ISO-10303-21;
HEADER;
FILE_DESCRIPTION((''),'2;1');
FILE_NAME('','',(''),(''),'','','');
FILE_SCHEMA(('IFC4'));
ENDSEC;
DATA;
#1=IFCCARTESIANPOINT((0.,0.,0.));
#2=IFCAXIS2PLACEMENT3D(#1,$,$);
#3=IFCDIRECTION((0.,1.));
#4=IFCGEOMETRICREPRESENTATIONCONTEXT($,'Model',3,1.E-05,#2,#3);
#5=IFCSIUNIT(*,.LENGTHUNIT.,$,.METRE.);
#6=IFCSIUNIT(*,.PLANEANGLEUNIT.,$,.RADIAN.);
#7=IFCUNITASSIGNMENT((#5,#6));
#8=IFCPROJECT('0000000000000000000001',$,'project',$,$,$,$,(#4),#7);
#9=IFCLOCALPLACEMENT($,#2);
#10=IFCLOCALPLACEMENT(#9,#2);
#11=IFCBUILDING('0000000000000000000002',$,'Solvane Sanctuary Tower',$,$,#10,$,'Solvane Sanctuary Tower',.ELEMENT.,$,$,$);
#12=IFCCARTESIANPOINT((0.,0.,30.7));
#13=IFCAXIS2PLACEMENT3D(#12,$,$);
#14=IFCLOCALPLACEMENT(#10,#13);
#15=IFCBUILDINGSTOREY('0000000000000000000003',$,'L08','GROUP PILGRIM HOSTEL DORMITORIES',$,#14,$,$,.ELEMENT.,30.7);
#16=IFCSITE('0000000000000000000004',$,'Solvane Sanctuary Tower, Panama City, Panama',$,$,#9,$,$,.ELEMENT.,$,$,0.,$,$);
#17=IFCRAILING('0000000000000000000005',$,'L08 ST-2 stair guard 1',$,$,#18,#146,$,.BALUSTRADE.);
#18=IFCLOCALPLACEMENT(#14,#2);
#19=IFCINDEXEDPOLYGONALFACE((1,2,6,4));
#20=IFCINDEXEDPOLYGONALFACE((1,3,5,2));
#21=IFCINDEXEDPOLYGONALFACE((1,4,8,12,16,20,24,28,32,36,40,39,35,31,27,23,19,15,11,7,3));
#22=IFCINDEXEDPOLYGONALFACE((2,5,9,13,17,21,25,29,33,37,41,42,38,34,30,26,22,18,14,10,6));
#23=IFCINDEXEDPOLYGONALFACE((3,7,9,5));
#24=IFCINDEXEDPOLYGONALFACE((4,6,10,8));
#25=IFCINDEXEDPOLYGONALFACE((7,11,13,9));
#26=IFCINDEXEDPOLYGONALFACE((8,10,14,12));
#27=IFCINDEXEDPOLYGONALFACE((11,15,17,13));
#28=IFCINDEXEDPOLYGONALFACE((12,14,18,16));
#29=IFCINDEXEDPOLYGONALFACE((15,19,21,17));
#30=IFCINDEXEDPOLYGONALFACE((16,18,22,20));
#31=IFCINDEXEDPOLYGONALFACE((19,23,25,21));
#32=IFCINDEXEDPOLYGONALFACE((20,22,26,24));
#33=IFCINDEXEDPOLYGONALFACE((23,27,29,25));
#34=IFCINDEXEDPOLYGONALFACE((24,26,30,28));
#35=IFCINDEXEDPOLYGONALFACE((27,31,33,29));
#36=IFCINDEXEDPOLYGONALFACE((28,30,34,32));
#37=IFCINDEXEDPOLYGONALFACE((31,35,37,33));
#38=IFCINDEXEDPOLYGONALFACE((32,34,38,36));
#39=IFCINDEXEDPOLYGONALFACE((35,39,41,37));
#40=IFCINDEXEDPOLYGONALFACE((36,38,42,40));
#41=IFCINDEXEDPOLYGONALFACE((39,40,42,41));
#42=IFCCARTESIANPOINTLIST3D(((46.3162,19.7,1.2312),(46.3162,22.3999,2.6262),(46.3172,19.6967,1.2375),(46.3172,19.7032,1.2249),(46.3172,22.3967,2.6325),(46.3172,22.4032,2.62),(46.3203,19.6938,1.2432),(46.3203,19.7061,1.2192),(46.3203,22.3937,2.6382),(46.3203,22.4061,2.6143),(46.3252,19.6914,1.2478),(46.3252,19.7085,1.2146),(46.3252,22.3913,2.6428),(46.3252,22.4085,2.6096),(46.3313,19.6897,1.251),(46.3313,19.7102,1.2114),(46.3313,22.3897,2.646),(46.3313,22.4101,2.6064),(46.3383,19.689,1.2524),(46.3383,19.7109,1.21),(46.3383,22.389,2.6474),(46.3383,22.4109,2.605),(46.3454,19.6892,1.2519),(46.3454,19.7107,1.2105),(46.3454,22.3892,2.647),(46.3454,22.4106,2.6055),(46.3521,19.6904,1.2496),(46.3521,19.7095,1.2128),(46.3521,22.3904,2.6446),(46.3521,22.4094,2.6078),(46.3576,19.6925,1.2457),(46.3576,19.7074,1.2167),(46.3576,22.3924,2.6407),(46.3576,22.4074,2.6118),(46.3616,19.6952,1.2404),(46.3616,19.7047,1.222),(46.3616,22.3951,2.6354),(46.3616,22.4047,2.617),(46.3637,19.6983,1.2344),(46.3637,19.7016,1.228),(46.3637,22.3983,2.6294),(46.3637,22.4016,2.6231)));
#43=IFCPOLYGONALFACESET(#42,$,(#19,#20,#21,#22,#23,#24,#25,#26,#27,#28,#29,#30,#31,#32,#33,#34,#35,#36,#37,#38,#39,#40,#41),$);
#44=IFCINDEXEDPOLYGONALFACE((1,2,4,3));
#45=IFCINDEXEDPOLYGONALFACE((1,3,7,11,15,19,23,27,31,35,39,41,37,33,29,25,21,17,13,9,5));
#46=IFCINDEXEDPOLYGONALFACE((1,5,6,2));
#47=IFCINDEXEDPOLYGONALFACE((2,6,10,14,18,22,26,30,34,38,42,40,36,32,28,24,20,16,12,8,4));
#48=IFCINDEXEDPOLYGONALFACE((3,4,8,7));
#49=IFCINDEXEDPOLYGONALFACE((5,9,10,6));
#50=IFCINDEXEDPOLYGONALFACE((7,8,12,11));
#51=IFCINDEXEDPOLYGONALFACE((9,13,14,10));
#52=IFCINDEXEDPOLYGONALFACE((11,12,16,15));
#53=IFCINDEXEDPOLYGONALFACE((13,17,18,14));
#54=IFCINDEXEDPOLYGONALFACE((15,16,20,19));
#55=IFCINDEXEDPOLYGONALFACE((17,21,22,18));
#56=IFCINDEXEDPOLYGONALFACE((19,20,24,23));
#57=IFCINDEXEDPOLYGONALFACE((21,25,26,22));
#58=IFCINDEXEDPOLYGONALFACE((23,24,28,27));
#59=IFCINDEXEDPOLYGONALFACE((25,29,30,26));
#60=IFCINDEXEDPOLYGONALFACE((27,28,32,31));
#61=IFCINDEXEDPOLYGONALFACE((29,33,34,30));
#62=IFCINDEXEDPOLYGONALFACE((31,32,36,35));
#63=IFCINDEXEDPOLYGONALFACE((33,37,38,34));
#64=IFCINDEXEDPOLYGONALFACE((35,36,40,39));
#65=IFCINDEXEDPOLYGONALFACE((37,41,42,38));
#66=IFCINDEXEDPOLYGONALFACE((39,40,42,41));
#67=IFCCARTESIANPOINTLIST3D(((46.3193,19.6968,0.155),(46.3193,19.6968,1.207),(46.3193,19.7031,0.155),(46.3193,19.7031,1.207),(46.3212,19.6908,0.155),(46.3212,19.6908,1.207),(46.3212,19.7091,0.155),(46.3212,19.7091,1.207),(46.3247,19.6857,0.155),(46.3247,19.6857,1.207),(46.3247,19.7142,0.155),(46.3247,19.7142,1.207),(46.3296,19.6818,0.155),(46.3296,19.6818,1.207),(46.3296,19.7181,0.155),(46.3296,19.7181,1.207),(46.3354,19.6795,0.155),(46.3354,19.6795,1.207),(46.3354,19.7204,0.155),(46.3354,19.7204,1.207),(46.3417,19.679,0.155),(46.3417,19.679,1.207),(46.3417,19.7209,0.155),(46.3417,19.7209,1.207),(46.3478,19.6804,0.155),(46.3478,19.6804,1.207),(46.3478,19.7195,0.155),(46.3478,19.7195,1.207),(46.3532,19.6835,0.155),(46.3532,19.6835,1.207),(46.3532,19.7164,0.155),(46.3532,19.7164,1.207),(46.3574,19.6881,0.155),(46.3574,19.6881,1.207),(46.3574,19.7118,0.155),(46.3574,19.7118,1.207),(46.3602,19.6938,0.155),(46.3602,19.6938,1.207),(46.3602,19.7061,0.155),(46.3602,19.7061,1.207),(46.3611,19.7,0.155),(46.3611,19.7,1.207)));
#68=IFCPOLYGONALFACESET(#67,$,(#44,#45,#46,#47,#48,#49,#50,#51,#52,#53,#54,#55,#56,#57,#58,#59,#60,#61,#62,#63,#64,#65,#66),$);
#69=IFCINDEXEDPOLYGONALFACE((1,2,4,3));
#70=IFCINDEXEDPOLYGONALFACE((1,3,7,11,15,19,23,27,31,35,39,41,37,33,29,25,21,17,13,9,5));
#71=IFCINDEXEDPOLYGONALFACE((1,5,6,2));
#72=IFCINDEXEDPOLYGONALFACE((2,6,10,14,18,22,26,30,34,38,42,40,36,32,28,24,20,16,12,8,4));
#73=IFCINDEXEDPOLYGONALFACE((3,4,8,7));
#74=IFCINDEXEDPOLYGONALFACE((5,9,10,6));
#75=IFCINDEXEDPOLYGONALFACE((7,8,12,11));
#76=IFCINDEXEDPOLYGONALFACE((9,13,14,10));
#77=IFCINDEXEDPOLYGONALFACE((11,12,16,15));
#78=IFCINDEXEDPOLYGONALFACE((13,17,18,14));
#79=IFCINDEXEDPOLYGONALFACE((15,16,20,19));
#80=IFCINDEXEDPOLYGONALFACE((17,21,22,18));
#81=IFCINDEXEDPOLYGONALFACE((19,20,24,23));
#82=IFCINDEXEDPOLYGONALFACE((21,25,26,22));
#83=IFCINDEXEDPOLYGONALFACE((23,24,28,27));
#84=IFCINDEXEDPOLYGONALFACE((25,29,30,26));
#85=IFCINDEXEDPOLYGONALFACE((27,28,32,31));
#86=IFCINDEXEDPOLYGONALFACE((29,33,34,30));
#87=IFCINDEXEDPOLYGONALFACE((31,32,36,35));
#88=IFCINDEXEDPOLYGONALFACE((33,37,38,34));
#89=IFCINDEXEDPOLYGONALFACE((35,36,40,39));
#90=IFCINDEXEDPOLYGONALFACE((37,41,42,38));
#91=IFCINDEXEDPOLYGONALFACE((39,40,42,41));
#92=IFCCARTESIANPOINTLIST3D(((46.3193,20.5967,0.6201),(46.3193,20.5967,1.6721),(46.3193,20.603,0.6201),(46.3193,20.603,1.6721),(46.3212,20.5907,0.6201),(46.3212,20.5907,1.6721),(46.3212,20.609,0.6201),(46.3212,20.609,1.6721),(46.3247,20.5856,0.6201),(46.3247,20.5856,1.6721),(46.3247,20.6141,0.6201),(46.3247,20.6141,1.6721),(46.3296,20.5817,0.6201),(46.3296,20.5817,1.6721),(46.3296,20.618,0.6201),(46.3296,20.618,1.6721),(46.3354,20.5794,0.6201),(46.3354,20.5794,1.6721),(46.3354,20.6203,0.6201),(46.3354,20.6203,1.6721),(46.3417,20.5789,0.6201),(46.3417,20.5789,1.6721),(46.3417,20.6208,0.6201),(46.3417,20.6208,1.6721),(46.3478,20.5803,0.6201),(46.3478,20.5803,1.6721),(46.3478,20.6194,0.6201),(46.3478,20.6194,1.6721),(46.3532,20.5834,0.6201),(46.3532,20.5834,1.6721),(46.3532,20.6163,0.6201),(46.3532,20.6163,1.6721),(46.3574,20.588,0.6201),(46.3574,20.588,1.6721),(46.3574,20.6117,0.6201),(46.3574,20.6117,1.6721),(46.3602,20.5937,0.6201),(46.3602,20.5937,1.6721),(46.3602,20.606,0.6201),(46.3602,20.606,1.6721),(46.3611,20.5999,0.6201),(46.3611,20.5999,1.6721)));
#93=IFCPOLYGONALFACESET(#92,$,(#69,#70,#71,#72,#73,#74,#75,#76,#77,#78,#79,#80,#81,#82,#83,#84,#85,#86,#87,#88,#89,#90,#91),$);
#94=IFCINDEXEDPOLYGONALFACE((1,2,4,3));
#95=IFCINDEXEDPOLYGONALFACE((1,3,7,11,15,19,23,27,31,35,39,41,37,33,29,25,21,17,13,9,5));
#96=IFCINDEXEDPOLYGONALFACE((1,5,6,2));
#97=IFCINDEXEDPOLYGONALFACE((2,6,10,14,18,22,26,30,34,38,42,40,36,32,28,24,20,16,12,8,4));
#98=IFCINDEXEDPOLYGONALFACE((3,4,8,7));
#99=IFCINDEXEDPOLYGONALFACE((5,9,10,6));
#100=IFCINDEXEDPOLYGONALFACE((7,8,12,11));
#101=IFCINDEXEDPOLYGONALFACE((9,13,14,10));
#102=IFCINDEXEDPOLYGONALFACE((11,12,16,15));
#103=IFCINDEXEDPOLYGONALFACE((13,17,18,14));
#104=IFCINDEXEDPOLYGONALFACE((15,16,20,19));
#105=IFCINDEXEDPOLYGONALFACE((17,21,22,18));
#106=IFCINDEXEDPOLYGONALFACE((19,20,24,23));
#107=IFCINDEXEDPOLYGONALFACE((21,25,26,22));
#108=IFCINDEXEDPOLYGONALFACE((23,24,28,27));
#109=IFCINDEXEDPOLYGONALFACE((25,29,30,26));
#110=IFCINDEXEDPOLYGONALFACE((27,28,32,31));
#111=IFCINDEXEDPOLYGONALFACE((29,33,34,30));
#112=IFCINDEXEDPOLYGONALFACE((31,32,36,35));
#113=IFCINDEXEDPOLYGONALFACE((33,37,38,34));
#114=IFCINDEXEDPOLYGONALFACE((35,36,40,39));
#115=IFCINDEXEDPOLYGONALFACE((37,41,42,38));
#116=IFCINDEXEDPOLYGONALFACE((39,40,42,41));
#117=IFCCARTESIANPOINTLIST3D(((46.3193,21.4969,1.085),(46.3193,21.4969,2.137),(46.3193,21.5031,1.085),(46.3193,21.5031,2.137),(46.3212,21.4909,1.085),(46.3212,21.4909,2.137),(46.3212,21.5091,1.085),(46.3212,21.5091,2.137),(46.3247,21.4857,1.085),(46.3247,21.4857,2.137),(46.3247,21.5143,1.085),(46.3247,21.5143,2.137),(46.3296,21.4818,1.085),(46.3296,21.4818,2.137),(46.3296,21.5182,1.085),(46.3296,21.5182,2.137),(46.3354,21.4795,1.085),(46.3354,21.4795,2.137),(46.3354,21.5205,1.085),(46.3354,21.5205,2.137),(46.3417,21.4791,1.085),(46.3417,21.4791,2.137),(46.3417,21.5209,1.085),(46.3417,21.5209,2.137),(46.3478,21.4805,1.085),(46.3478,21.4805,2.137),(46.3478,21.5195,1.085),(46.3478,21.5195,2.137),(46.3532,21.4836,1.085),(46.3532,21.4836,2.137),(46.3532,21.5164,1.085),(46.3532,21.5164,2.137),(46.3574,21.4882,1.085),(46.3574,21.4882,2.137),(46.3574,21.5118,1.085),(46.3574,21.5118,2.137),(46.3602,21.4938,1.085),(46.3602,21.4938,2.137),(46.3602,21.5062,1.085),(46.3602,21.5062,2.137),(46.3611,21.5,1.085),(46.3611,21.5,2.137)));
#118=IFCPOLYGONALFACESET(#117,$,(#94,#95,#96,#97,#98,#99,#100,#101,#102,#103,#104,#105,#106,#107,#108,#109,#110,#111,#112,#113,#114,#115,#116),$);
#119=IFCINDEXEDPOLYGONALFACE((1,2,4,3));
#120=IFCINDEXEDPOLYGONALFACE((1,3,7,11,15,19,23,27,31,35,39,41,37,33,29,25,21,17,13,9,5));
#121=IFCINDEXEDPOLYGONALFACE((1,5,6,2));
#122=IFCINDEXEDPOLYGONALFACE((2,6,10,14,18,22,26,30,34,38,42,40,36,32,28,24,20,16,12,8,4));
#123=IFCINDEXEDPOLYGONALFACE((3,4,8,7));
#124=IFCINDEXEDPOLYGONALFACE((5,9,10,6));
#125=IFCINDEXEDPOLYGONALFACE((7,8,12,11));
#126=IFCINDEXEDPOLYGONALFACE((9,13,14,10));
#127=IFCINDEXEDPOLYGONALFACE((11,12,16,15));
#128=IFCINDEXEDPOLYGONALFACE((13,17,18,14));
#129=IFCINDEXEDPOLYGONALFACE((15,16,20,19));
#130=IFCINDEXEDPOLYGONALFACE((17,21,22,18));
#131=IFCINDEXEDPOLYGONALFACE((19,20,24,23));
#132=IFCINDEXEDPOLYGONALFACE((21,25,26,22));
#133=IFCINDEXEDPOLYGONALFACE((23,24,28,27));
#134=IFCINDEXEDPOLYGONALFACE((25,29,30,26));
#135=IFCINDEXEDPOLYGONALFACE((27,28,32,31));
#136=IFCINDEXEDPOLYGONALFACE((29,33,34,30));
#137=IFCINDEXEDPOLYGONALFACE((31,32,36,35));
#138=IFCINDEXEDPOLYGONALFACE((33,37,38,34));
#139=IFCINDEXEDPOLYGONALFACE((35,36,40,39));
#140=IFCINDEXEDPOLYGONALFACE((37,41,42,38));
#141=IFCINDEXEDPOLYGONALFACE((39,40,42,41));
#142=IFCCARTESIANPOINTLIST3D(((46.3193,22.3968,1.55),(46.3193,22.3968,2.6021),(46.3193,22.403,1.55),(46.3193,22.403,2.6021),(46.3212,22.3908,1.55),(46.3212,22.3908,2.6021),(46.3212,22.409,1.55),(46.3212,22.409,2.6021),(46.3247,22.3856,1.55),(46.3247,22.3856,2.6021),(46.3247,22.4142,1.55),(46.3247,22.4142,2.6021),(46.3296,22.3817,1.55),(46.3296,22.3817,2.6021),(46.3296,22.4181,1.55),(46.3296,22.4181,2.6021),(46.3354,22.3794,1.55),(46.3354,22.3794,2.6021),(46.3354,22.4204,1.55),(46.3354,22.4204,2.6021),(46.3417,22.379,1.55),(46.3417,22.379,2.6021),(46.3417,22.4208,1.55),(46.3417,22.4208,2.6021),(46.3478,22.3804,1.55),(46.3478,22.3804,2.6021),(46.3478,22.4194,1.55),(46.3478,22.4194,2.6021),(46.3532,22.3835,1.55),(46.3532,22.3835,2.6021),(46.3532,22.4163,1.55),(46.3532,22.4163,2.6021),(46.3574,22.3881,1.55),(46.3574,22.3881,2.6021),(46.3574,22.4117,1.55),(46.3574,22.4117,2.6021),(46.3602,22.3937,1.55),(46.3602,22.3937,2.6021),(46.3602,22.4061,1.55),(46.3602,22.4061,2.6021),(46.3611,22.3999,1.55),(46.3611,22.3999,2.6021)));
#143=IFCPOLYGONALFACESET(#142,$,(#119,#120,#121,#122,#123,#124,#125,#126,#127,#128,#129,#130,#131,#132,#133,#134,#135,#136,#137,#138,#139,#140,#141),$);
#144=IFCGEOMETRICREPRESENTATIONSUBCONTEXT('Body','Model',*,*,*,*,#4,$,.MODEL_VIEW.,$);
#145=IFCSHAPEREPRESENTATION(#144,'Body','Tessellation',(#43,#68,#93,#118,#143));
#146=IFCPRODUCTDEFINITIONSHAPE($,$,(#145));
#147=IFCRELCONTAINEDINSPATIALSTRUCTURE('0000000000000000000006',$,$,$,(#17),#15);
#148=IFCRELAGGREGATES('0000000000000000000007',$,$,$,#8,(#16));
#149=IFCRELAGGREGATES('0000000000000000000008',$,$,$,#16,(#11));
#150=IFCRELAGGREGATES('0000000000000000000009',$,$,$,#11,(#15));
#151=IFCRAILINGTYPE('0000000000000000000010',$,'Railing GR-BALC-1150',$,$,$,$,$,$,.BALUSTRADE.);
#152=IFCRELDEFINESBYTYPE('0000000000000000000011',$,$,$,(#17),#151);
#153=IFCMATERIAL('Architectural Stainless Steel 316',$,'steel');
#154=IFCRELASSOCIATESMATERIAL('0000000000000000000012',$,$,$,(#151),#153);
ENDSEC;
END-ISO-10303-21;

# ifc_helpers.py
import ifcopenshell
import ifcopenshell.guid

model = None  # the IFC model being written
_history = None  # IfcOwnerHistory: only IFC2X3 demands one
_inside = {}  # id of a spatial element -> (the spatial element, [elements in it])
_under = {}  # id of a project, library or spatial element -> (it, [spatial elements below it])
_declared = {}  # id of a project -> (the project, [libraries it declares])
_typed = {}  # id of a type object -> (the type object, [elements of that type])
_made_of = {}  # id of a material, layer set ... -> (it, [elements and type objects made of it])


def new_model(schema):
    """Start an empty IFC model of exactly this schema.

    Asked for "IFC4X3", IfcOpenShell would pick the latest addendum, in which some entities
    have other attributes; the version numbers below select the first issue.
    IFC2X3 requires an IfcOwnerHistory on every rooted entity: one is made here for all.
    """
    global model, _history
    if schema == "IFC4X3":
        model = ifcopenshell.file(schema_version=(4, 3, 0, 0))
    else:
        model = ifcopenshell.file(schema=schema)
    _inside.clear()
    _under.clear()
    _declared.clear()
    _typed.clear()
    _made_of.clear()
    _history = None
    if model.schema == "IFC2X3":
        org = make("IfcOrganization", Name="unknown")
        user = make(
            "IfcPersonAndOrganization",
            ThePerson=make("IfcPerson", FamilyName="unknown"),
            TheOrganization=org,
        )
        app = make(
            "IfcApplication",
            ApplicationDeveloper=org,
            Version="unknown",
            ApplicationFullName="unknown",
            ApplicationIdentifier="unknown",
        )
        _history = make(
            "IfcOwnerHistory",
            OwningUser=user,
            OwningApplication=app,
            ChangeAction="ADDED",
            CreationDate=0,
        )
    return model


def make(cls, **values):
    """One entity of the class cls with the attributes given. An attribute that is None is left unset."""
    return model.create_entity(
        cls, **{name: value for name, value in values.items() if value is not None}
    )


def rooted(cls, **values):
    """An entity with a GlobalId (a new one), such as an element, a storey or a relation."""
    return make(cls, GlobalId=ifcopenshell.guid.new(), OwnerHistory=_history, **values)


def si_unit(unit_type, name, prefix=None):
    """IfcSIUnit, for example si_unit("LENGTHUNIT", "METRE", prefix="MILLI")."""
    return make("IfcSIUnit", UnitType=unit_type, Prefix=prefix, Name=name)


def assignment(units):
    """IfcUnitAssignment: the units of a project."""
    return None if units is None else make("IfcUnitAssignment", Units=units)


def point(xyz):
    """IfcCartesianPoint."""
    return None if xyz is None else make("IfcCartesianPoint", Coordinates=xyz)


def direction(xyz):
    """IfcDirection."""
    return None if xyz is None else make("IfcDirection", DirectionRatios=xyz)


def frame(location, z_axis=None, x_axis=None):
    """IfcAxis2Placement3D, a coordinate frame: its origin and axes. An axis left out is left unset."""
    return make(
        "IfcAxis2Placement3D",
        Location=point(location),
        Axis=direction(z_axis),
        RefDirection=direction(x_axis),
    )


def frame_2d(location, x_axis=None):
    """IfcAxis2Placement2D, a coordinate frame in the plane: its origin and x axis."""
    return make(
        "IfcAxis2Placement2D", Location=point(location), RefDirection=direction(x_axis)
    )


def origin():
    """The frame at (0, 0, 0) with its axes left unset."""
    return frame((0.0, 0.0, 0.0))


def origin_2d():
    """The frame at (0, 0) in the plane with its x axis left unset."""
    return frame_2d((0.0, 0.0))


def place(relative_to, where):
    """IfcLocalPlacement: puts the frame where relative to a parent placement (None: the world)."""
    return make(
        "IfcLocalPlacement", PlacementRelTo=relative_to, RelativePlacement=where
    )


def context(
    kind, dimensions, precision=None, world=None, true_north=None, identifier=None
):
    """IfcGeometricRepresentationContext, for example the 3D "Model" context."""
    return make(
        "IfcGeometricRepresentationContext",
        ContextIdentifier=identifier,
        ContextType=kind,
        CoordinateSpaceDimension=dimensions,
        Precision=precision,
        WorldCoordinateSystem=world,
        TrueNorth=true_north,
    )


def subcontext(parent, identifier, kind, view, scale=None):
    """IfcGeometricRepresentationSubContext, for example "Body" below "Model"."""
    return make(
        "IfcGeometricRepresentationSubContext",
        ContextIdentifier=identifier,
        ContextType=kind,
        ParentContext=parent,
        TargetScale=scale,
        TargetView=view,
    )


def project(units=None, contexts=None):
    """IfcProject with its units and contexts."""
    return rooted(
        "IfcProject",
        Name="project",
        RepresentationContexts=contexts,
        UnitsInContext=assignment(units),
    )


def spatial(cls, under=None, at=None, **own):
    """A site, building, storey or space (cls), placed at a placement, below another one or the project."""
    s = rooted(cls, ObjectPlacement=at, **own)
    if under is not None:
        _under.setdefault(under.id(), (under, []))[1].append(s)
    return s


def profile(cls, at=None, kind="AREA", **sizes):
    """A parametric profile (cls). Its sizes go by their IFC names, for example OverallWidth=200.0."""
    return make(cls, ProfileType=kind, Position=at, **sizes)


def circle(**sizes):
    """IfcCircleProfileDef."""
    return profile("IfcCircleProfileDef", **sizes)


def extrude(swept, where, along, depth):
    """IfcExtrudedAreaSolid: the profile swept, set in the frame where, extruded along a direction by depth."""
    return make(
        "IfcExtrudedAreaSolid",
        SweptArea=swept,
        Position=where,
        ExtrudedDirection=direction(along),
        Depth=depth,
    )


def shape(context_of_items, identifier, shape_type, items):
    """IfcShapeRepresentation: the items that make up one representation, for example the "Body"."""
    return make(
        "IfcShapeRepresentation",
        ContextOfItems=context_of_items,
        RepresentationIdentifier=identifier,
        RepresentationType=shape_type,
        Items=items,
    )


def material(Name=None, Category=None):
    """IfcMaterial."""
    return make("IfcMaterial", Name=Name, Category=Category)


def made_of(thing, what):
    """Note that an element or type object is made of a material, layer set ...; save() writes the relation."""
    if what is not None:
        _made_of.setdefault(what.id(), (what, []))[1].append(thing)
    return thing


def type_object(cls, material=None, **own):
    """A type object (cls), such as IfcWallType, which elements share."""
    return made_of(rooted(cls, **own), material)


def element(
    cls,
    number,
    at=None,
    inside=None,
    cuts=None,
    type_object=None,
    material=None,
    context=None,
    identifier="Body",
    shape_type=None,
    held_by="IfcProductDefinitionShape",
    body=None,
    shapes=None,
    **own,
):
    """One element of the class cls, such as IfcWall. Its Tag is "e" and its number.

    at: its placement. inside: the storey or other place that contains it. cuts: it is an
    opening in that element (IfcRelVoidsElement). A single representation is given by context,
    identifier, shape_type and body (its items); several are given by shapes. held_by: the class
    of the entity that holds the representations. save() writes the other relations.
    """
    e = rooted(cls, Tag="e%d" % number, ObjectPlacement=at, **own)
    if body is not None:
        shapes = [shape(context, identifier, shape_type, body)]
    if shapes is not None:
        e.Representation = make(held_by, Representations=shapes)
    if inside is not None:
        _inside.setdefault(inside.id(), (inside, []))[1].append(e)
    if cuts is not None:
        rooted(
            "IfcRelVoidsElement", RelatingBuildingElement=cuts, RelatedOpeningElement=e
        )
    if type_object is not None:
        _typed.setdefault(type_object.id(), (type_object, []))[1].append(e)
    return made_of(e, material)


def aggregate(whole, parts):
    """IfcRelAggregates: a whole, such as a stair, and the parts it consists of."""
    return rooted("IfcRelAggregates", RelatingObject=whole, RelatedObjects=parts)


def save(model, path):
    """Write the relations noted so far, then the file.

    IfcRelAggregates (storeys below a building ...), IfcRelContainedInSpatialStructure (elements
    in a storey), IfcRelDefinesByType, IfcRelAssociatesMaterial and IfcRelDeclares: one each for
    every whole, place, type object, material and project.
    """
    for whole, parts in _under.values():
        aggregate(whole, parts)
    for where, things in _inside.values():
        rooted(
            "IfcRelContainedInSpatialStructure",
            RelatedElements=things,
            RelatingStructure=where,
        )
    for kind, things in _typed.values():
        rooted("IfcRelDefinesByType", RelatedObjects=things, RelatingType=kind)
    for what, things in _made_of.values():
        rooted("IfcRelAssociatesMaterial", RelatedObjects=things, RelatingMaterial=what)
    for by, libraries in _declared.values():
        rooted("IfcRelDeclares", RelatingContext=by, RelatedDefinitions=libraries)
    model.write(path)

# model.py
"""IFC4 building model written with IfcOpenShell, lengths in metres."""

from ifc_helpers import new_model, si_unit, direction, frame, origin, origin_2d, place, context, subcontext, project, spatial, circle, extrude, material, type_object, element, save


model = new_model("IFC4")

# Units and contexts
model_context = context("Model", 3, precision=1e-05, world=origin(), true_north=direction((0.0, 1.0)))
body_context = subcontext(model_context, "Body", "Model", "MODEL_VIEW")
ifc_project = project(units=[si_unit("LENGTHUNIT", "METRE"), si_unit("PLANEANGLEUNIT", "RADIAN")], contexts=[model_context])

# Site, building, storey
site_placement = place(None, origin())
site = spatial("IfcSite", under=ifc_project, at=site_placement, Name="Solvane Sanctuary Tower, Panama City, Panama", CompositionType="ELEMENT", RefElevation=0.0)
building_placement = place(site_placement, origin())
building = spatial("IfcBuilding", under=site, at=building_placement, Name="Solvane Sanctuary Tower", LongName="Solvane Sanctuary Tower", CompositionType="ELEMENT")
storey_placement = place(building_placement, frame((0.0, 0.0, 30.7)))
storey = spatial("IfcBuildingStorey", under=building, at=storey_placement, Name="L08", Description="GROUP PILGRIM HOSTEL DORMITORIES", CompositionType="ELEMENT", Elevation=30.7)

# Shared definitions
ifc_material_1 = material(Name="Architectural Stainless Steel 316", Category="steel")

# Railing
railing_type_1 = type_object("IfcRailingType", Name="Railing GR-BALC-1150", PredefinedType="BALUSTRADE", material=ifc_material_1)
railing_1_placement = place(storey_placement, frame((46.3401, 19.7, 0.155)))
element("IfcRailing", 1, at=railing_1_placement, inside=storey, type_object=railing_type_1, Name="L08 ST-2 stair guard 1", PredefinedType="BALUSTRADE", context=body_context, shape_type="SweptSolid", body=[
    extrude(circle(Radius=0.0239, at=origin_2d()), frame((0.0, 0.0, 1.0762), z_axis=(0.0, 0.88842, 0.459032), x_axis=(-1.0, 0.0, 0.0)), (0.0, 0.0, 1.0), 3.0391),
    extrude(circle(Radius=0.021, at=origin_2d()), origin(), (0.0, 0.0, 1.0), 1.052),
    extrude(circle(Radius=0.021, at=origin_2d()), frame((0.0, 0.8999, 0.4651)), (0.0, 0.0, 1.0), 1.052),
    extrude(circle(Radius=0.021, at=origin_2d()), frame((0.0, 1.8, 0.9299)), (0.0, 0.0, 1.0), 1.052),
    extrude(circle(Radius=0.021, at=origin_2d()), frame((0.0, 2.7, 1.395)), (0.0, 0.0, 1.0), 1.052),
])

save(model, "model.ifc")
